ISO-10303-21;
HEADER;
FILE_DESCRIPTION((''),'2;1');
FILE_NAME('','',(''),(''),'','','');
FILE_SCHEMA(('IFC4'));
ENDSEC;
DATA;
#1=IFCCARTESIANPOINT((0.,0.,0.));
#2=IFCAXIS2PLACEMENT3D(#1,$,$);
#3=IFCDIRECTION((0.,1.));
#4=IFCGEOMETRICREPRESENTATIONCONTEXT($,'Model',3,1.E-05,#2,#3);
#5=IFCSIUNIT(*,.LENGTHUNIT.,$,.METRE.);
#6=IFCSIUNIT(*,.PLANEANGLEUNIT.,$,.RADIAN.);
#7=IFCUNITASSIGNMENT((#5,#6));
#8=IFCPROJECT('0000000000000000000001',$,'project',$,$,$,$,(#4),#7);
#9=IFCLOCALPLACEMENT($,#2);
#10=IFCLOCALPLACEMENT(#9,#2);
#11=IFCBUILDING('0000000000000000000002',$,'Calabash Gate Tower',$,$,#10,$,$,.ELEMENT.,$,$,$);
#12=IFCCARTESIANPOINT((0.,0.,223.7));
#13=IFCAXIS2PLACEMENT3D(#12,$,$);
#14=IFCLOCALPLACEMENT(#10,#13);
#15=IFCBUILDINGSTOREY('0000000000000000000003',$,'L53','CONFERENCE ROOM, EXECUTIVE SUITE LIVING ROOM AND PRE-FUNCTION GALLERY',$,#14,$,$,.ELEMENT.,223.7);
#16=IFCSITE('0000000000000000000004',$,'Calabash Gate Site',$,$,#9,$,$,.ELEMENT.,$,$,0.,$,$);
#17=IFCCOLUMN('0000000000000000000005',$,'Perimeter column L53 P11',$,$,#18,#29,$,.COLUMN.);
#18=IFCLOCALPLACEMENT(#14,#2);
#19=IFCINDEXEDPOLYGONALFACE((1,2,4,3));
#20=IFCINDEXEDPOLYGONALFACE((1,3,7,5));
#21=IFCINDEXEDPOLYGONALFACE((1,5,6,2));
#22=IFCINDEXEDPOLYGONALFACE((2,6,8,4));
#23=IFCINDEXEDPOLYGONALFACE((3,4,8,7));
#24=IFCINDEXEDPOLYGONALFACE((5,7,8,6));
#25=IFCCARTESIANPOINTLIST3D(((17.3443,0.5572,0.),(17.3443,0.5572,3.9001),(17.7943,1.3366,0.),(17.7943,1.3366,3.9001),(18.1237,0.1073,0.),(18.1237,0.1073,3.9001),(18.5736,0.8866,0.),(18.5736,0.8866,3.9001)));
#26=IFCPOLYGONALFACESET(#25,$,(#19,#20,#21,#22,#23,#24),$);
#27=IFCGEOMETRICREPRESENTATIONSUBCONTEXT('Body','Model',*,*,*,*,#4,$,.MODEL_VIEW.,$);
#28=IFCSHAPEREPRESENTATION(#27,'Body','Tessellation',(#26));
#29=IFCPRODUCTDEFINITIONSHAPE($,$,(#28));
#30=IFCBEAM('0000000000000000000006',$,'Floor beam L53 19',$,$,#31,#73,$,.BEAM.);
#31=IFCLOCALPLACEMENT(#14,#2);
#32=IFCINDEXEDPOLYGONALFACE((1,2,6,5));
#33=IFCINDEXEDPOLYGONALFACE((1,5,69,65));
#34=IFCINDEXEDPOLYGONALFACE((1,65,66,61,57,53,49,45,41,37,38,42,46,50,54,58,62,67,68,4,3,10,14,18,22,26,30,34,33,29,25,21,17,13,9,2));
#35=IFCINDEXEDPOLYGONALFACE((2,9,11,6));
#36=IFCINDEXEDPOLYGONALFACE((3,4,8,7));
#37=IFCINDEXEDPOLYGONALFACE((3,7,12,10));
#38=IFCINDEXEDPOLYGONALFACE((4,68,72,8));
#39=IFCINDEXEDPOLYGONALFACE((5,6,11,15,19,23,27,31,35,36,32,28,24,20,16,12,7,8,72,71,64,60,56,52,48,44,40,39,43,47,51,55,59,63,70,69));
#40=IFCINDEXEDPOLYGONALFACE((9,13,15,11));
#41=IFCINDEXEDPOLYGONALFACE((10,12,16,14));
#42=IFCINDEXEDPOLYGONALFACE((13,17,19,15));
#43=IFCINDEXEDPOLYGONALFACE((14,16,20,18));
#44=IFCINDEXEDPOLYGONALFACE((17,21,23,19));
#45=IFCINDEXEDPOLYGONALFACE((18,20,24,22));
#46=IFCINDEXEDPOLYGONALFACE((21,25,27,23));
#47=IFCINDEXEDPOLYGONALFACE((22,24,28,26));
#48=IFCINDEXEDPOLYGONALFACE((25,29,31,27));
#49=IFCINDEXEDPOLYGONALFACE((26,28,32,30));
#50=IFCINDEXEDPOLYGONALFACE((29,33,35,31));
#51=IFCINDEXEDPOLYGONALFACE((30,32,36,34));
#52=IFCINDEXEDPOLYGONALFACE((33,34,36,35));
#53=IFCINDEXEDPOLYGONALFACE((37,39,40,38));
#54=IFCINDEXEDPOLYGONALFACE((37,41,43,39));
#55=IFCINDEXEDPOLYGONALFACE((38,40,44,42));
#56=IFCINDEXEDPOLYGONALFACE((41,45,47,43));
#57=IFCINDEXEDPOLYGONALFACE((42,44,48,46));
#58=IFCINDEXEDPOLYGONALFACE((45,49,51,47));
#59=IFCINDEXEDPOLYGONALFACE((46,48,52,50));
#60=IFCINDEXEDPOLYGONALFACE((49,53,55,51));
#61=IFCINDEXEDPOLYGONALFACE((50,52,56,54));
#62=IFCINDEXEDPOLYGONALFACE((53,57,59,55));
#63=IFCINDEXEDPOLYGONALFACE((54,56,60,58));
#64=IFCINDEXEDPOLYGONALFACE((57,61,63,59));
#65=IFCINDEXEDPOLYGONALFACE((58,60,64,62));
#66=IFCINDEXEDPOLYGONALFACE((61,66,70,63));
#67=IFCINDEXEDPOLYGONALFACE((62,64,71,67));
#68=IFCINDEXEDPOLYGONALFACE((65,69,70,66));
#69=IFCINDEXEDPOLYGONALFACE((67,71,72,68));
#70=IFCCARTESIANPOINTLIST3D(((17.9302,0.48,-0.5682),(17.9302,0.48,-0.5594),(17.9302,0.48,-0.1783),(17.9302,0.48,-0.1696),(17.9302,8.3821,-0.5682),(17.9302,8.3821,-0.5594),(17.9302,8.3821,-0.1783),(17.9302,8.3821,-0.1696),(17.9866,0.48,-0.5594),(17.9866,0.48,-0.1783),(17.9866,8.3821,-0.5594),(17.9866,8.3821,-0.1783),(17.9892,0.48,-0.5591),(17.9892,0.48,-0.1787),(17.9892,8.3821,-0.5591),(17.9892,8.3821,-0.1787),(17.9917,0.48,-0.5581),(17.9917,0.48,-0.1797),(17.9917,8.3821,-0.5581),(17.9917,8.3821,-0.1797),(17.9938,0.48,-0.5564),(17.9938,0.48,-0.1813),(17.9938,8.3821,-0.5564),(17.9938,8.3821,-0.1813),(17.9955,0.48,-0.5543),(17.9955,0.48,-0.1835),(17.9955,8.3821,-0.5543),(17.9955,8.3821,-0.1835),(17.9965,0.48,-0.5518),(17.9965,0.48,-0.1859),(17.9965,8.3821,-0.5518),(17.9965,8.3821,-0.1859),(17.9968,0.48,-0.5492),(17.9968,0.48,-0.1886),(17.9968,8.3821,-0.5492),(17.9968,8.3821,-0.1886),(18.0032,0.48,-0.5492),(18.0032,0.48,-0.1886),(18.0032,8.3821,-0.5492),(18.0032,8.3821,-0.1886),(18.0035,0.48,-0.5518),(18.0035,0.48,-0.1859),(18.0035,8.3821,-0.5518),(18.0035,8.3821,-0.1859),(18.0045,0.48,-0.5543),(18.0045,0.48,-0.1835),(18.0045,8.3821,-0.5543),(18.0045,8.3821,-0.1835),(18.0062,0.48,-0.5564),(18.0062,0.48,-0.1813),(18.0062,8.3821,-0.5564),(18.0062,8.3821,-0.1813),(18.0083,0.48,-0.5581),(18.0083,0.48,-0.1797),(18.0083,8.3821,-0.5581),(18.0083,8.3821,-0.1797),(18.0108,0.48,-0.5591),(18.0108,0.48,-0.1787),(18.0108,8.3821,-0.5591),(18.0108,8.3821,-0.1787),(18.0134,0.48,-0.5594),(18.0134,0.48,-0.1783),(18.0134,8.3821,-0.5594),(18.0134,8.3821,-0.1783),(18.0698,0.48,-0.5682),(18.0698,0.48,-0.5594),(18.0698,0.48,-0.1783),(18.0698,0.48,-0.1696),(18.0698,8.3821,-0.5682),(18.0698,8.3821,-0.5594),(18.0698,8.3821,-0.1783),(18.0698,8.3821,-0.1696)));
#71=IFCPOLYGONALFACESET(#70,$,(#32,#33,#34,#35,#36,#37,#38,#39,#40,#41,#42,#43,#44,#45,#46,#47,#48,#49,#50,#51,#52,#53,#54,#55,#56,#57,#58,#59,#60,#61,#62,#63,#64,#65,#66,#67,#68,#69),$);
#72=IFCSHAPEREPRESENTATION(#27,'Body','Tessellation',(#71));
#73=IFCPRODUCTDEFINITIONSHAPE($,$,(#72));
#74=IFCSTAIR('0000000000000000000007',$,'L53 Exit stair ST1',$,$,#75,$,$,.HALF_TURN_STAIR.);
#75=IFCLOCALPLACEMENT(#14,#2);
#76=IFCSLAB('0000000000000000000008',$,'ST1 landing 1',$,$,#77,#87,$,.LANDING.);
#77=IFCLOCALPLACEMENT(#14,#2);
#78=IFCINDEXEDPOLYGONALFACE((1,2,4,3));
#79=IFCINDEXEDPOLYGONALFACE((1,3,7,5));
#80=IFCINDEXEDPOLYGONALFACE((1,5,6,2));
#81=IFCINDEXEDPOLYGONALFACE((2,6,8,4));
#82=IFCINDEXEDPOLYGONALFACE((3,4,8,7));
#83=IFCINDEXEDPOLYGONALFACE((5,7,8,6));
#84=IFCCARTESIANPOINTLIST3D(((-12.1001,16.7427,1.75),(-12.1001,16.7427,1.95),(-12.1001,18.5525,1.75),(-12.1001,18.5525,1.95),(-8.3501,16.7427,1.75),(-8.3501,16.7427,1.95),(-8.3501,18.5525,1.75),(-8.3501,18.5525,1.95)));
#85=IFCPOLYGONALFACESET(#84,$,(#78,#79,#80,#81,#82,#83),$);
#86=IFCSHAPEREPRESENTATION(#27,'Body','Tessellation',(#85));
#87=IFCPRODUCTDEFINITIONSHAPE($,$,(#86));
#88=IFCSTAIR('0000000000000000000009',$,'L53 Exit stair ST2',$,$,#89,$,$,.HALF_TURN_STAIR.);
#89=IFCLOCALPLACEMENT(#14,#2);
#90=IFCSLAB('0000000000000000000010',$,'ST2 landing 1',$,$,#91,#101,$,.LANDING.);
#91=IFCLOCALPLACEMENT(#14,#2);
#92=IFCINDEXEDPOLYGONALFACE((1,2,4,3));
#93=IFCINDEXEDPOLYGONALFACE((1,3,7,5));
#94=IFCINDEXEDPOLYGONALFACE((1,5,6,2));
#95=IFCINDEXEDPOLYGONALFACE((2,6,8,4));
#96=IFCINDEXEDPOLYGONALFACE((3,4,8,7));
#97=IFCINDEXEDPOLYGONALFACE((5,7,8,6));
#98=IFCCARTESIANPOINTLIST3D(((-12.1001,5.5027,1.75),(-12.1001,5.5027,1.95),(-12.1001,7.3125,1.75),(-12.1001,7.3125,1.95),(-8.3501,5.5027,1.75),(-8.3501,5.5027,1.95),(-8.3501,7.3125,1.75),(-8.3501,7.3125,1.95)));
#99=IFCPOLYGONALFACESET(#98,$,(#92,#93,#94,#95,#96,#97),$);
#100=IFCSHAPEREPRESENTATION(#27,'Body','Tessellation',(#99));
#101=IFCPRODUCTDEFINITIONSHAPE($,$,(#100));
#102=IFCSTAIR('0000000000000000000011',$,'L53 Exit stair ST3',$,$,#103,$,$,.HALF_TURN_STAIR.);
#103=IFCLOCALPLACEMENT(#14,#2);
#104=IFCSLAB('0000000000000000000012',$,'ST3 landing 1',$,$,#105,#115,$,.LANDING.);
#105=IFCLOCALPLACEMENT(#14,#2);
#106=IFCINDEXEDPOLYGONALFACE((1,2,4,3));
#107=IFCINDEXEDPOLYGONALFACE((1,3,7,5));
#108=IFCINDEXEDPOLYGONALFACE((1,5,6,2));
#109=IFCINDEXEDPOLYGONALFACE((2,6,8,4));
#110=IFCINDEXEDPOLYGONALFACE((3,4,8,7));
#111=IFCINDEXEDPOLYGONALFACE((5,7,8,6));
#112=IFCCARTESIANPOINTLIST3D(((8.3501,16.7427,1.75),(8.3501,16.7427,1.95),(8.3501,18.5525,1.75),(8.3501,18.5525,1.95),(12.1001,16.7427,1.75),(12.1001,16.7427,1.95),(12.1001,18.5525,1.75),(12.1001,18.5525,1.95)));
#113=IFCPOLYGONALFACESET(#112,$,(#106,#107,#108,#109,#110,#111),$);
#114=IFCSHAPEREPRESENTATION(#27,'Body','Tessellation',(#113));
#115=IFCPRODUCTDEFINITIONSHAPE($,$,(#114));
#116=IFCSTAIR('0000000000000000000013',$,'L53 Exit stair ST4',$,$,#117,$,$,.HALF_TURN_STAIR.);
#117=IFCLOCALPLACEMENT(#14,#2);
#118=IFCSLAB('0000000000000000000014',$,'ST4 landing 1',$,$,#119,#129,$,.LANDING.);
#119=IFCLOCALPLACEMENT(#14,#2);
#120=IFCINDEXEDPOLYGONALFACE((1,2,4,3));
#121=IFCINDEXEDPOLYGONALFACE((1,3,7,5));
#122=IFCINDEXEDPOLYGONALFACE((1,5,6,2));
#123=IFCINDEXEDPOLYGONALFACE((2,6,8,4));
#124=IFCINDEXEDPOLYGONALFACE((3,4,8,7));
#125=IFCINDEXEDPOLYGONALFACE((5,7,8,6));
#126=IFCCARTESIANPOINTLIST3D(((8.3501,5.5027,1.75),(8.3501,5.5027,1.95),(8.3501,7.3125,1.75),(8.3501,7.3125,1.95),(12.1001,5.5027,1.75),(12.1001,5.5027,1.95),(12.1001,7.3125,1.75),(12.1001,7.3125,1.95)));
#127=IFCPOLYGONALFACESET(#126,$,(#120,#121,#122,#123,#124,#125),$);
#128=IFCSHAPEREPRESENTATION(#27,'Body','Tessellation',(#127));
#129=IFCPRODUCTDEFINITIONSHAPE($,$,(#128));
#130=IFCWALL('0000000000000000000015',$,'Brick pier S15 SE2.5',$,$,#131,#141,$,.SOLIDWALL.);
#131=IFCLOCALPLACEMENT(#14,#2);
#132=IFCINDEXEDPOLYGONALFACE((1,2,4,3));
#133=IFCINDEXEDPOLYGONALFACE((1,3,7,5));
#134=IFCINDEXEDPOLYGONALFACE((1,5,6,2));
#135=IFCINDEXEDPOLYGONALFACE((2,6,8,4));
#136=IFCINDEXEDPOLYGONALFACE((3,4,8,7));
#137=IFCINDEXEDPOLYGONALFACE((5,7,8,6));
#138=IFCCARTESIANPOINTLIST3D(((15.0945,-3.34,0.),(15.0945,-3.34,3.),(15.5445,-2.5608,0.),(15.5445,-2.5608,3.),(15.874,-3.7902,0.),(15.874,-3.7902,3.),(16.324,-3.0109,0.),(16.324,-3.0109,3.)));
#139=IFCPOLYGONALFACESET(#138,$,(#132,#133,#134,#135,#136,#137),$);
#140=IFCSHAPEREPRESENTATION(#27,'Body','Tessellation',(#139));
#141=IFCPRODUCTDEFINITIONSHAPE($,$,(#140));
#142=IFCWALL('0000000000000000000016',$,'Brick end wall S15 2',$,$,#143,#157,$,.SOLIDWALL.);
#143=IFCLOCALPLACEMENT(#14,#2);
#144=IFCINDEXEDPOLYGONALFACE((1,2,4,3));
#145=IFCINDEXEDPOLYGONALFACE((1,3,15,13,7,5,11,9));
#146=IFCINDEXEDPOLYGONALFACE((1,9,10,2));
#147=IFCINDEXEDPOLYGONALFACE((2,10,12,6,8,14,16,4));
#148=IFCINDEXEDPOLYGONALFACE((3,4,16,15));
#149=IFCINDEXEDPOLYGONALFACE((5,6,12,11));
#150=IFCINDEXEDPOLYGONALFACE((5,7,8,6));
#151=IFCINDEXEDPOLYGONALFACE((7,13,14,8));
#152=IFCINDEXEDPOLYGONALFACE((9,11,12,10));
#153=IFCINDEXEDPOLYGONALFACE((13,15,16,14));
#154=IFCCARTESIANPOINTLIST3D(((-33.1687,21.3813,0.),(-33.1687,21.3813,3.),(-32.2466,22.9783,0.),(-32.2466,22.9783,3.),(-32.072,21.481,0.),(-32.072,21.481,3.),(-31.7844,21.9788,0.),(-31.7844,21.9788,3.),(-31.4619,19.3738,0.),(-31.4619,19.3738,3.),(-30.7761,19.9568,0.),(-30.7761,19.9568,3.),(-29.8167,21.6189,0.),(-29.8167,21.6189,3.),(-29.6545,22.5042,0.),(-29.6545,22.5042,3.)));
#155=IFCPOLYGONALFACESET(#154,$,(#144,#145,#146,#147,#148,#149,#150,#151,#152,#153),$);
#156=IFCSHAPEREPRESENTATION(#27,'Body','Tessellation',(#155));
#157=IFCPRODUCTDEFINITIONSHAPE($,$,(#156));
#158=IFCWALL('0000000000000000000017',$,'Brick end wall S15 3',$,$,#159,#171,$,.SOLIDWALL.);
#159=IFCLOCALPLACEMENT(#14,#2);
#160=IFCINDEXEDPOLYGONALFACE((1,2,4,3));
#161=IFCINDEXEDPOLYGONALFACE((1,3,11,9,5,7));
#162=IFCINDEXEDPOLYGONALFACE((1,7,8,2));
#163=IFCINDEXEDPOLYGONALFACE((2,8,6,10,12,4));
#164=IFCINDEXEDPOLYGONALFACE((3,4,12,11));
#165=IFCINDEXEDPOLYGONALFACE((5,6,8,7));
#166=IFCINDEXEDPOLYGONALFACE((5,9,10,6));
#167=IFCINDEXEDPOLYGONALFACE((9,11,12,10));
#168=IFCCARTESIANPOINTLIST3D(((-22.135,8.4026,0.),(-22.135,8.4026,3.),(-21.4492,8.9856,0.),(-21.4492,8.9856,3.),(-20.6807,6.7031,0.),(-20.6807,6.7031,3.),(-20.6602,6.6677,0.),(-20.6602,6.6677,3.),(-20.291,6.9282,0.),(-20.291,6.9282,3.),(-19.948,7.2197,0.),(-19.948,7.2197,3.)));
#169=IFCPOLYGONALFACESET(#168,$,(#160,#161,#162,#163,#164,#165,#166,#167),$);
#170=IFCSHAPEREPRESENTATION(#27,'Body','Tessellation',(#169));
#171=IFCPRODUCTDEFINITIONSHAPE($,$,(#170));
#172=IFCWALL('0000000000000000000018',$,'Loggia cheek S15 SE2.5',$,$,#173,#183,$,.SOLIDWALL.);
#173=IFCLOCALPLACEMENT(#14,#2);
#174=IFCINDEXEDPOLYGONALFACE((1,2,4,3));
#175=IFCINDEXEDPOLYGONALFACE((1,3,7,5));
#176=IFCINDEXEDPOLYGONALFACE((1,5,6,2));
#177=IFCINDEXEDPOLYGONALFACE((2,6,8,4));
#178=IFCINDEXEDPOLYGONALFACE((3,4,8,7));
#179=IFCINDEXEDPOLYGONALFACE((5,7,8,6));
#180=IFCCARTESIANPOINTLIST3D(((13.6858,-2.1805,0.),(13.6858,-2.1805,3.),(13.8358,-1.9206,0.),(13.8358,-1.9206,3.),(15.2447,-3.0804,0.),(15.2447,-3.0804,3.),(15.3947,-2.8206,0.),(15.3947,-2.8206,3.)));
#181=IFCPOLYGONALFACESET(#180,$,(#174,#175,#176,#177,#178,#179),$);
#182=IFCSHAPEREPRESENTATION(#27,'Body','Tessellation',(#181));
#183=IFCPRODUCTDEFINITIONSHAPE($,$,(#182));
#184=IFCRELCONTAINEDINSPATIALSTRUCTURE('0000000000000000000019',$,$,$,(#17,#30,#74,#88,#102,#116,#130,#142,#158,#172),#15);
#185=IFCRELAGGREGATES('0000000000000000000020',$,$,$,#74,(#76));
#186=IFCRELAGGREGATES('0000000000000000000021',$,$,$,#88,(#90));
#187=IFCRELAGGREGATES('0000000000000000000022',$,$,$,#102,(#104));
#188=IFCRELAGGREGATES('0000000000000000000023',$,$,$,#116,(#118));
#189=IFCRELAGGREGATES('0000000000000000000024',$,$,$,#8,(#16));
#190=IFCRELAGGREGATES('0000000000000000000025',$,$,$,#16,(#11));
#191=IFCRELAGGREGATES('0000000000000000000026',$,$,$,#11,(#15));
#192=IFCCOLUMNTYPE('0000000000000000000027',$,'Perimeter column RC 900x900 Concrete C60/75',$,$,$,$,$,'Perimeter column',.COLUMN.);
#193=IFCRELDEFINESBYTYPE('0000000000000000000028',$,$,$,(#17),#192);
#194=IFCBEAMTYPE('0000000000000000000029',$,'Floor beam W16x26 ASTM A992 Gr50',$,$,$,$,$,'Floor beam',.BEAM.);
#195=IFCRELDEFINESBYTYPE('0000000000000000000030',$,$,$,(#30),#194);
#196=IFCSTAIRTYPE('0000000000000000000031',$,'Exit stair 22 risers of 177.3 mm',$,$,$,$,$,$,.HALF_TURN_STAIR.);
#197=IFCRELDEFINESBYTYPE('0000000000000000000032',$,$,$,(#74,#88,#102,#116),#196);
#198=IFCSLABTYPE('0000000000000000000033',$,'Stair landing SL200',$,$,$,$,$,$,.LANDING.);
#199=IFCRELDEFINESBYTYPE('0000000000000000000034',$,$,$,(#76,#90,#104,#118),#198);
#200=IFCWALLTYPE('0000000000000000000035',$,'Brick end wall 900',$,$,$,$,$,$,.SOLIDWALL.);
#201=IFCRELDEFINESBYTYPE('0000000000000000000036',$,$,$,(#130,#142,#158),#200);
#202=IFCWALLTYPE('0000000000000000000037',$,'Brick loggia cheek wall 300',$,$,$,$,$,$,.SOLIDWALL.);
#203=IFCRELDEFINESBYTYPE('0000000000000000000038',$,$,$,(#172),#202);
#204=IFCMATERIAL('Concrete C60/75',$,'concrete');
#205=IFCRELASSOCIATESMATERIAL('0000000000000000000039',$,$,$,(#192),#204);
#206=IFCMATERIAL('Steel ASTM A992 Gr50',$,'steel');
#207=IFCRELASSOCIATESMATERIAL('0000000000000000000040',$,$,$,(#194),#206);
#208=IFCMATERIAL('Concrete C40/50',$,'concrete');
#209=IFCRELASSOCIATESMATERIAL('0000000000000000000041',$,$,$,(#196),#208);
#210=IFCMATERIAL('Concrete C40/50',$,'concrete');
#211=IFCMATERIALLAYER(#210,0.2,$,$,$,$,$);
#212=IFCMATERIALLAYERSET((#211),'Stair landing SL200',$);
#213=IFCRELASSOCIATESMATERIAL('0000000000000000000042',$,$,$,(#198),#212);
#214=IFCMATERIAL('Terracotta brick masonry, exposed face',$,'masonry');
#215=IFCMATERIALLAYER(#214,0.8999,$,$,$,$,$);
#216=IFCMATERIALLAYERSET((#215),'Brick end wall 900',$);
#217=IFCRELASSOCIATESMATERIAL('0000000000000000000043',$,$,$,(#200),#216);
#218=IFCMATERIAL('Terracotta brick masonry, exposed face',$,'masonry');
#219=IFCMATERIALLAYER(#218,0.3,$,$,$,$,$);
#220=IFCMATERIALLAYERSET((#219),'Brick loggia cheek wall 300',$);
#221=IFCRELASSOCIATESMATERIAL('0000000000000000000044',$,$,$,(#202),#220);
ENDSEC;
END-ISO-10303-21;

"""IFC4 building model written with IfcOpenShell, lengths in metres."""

from ifc_helpers import new_model, si_unit, direction, frame, frame_2d, origin, origin_2d, place, context, subcontext, project, spatial, polyline, rectangle, i_section, outline, extrude, material, layer, layer_set, material_profile, profile_set, type_object, element, aggregate, save


model = new_model("IFC4")

# Units and contexts
model_context = context("Model", 3, precision=1e-05, world=origin(), true_north=direction((0.0, 1.0)))
body_context = subcontext(model_context, "Body", "Model", "MODEL_VIEW")
ifc_project = project(units=[si_unit("LENGTHUNIT", "METRE"), si_unit("PLANEANGLEUNIT", "RADIAN")], contexts=[model_context])

# Site, building, storey
site_placement = place(None, origin())
site = spatial("IfcSite", under=ifc_project, at=site_placement, Name="Calabash Gate Site", CompositionType="ELEMENT", RefElevation=0.0)
building_placement = place(site_placement, origin())
building = spatial("IfcBuilding", under=site, at=building_placement, Name="Calabash Gate Tower", CompositionType="ELEMENT")
storey_placement = place(building_placement, frame((0.0, 0.0, 223.7)))
storey = spatial("IfcBuildingStorey", under=building, at=storey_placement, Name="L53", Description="CONFERENCE ROOM, EXECUTIVE SUITE LIVING ROOM AND PRE-FUNCTION GALLERY", CompositionType="ELEMENT", Elevation=223.7)

# Column
ifc_material_1 = material(Name="Concrete C60/75", Category="concrete")
ifc_material_profile_1 = material_profile(ifc_material_1, rectangle(XDim=0.8999, YDim=0.8999, at=origin_2d()))
ifc_profile_set_1 = profile_set([ifc_material_profile_1], Name="Concrete C60/75")
column_type = type_object("IfcColumnType", Name="Perimeter column RC 900x900 Concrete C60/75", ElementType="Perimeter column", PredefinedType="COLUMN", material=ifc_profile_set_1)
column_placement = place(storey_placement, frame((17.959, 0.7219, 0.0), z_axis=(0.0, 0.0, 1.0), x_axis=(0.5, 0.866025, 0.0)))
element("IfcColumn", 1, at=column_placement, inside=storey, type_object=column_type, Name="Perimeter column L53 P11", PredefinedType="COLUMN", context=body_context, shape_type="SweptSolid", body=[
    extrude(rectangle(XDim=0.8999, YDim=0.8999, at=origin_2d()), origin(), (0.0, 0.0, 1.0), 3.9001),
])

# Beam
ifc_material_2 = material(Name="Steel ASTM A992 Gr50", Category="steel")
ifc_material_profile_2 = material_profile(ifc_material_2, i_section(OverallWidth=0.1396, OverallDepth=0.3987, WebThickness=0.0063, FlangeThickness=0.0088, FilletRadius=0.0103, at=origin_2d()))
ifc_profile_set_2 = profile_set([ifc_material_profile_2], Name="Steel ASTM A992 Gr50")
beam_type = type_object("IfcBeamType", Name="Floor beam W16x26 ASTM A992 Gr50", ElementType="Floor beam", PredefinedType="BEAM", material=ifc_profile_set_2)
beam_placement = place(storey_placement, frame((18.0, 0.48, -0.3689), z_axis=(0.0, 1.0, 0.0), x_axis=(-1.0, 0.0, 0.0)))
element("IfcBeam", 2, at=beam_placement, inside=storey, type_object=beam_type, Name="Floor beam L53 19", PredefinedType="BEAM", context=body_context, shape_type="SweptSolid", body=[
    extrude(i_section(OverallWidth=0.1396, OverallDepth=0.3987, WebThickness=0.0063, FlangeThickness=0.0088, FilletRadius=0.0103, at=origin_2d()), origin(), (0.0, 0.0, 1.0), 7.9021),
])

# Stairs, slabs
ifc_material_3 = material(Name="Concrete C40/50", Category="concrete")
stair_type = type_object("IfcStairType", Name="Exit stair 22 risers of 177.3 mm", PredefinedType="HALF_TURN_STAIR", material=ifc_material_3)
stair_1_placement = place(storey_placement, origin())
stair_1 = element("IfcStair", 3, at=stair_1_placement, inside=storey, type_object=stair_type, Name="L53 Exit stair ST1", PredefinedType="HALF_TURN_STAIR")
ifc_material_4 = material(Name="Concrete C40/50", Category="concrete")
ifc_layer_1 = layer(ifc_material_4, 0.2)
ifc_layer_set_1 = layer_set([ifc_layer_1], Name="Stair landing SL200")
slab_type = type_object("IfcSlabType", Name="Stair landing SL200", PredefinedType="LANDING", material=ifc_layer_set_1)
slab_1_placement = place(storey_placement, frame((0.0, 0.0, 1.75)))
slab_1 = element("IfcSlab", 4, at=slab_1_placement, type_object=slab_type, Name="ST1 landing 1", PredefinedType="LANDING", context=body_context, shape_type="SweptSolid", body=[
    extrude(outline(polyline([(-8.3501, 16.7427), (-8.3501, 18.5525), (-12.1001, 18.5525), (-12.1001, 16.7427), (-8.3501, 16.7427)])), origin(), (0.0, 0.0, 1.0), 0.2),
])
aggregate(stair_1, [slab_1])
stair_2_placement = place(storey_placement, origin())
stair_2 = element("IfcStair", 5, at=stair_2_placement, inside=storey, type_object=stair_type, Name="L53 Exit stair ST2", PredefinedType="HALF_TURN_STAIR")
slab_2_placement = place(storey_placement, frame((0.0, 0.0, 1.75)))
slab_2 = element("IfcSlab", 6, at=slab_2_placement, type_object=slab_type, Name="ST2 landing 1", PredefinedType="LANDING", context=body_context, shape_type="SweptSolid", body=[
    extrude(outline(polyline([(-12.1001, 7.3125), (-12.1001, 5.5027), (-8.3501, 5.5027), (-8.3501, 7.3125), (-12.1001, 7.3125)])), origin(), (0.0, 0.0, 1.0), 0.2),
])
aggregate(stair_2, [slab_2])
stair_3_placement = place(storey_placement, origin())
stair_3 = element("IfcStair", 7, at=stair_3_placement, inside=storey, type_object=stair_type, Name="L53 Exit stair ST3", PredefinedType="HALF_TURN_STAIR")
slab_3_placement = place(storey_placement, frame((0.0, 0.0, 1.75)))
slab_3 = element("IfcSlab", 8, at=slab_3_placement, type_object=slab_type, Name="ST3 landing 1", PredefinedType="LANDING", context=body_context, shape_type="SweptSolid", body=[
    extrude(outline(polyline([(12.1001, 16.7427), (12.1001, 18.5525), (8.3501, 18.5525), (8.3501, 16.7427), (12.1001, 16.7427)])), origin(), (0.0, 0.0, 1.0), 0.2),
])
aggregate(stair_3, [slab_3])
stair_4_placement = place(storey_placement, origin())
stair_4 = element("IfcStair", 9, at=stair_4_placement, inside=storey, type_object=stair_type, Name="L53 Exit stair ST4", PredefinedType="HALF_TURN_STAIR")
slab_4_placement = place(storey_placement, frame((0.0, 0.0, 1.75)))
slab_4 = element("IfcSlab", 10, at=slab_4_placement, type_object=slab_type, Name="ST4 landing 1", PredefinedType="LANDING", context=body_context, shape_type="SweptSolid", body=[
    extrude(outline(polyline([(8.3501, 7.3125), (8.3501, 5.5027), (12.1001, 5.5027), (12.1001, 7.3125), (8.3501, 7.3125)])), origin(), (0.0, 0.0, 1.0), 0.2),
])
aggregate(stair_4, [slab_4])

# Walls
ifc_material_5 = material(Name="Terracotta brick masonry, exposed face", Category="masonry")
ifc_layer_2 = layer(ifc_material_5, 0.8999)
ifc_layer_set_2 = layer_set([ifc_layer_2], Name="Brick end wall 900")
wall_type_1 = type_object("IfcWallType", Name="Brick end wall 900", PredefinedType="SOLIDWALL", material=ifc_layer_set_2)
wall_1_placement = place(storey_placement, frame((16.0991, -3.4006, 0.0), z_axis=(0.0, 0.0, 1.0), x_axis=(-0.865964, 0.500106, 0.0)))
element("IfcWall", 11, at=wall_1_placement, inside=storey, type_object=wall_type_1, Name="Brick pier S15 SE2.5", PredefinedType="SOLIDWALL", context=body_context, shape_type="SweptSolid", body=[
    extrude(rectangle(XDim=0.9001, YDim=0.8999, at=frame_2d((0.4502, 0.0))), origin(), (0.0, 0.0, 1.0), 3.0),
])
wall_2_placement = place(storey_placement, origin())
element("IfcWall", 12, at=wall_2_placement, inside=storey, type_object=wall_type_1, Name="Brick end wall S15 2", PredefinedType="SOLIDWALL", context=body_context, shape_type="SweptSolid", body=[
    extrude(outline(polyline([(-31.7844, 21.9788), (-29.8167, 21.6189), (-29.6545, 22.5042), (-32.2466, 22.9783), (-33.1687, 21.3813), (-31.4619, 19.3738), (-30.7761, 19.9568), (-32.072, 21.481), (-31.7844, 21.9788)])), origin(), (0.0, 0.0, 1.0), 3.0),
])
wall_3_placement = place(storey_placement, origin())
element("IfcWall", 13, at=wall_3_placement, inside=storey, type_object=wall_type_1, Name="Brick end wall S15 3", PredefinedType="SOLIDWALL", context=body_context, shape_type="SweptSolid", body=[
    extrude(outline(polyline([(-19.948, 7.2197), (-21.4492, 8.9856), (-22.135, 8.4026), (-20.6602, 6.6677), (-20.6807, 6.7031), (-20.291, 6.9282), (-19.948, 7.2197)])), origin(), (0.0, 0.0, 1.0), 3.0),
])
ifc_material_6 = material(Name="Terracotta brick masonry, exposed face", Category="masonry")
ifc_layer_3 = layer(ifc_material_6, 0.3)
ifc_layer_set_3 = layer_set([ifc_layer_3], Name="Brick loggia cheek wall 300")
wall_type_2 = type_object("IfcWallType", Name="Brick loggia cheek wall 300", PredefinedType="SOLIDWALL", material=ifc_layer_set_3)
wall_4_placement = place(storey_placement, frame((15.3196, -2.9504, 0.0), z_axis=(0.0, 0.0, 1.0), x_axis=(-0.866048, 0.499961, 0.0)))
element("IfcWall", 14, at=wall_4_placement, inside=storey, type_object=wall_type_2, Name="Loggia cheek S15 SE2.5", PredefinedType="SOLIDWALL", context=body_context, shape_type="SweptSolid", body=[
    extrude(rectangle(XDim=1.8, YDim=0.3, at=frame_2d((0.8999, 0.0))), origin(), (0.0, 0.0, 1.0), 3.0),
])

save(model, "model.ifc")
